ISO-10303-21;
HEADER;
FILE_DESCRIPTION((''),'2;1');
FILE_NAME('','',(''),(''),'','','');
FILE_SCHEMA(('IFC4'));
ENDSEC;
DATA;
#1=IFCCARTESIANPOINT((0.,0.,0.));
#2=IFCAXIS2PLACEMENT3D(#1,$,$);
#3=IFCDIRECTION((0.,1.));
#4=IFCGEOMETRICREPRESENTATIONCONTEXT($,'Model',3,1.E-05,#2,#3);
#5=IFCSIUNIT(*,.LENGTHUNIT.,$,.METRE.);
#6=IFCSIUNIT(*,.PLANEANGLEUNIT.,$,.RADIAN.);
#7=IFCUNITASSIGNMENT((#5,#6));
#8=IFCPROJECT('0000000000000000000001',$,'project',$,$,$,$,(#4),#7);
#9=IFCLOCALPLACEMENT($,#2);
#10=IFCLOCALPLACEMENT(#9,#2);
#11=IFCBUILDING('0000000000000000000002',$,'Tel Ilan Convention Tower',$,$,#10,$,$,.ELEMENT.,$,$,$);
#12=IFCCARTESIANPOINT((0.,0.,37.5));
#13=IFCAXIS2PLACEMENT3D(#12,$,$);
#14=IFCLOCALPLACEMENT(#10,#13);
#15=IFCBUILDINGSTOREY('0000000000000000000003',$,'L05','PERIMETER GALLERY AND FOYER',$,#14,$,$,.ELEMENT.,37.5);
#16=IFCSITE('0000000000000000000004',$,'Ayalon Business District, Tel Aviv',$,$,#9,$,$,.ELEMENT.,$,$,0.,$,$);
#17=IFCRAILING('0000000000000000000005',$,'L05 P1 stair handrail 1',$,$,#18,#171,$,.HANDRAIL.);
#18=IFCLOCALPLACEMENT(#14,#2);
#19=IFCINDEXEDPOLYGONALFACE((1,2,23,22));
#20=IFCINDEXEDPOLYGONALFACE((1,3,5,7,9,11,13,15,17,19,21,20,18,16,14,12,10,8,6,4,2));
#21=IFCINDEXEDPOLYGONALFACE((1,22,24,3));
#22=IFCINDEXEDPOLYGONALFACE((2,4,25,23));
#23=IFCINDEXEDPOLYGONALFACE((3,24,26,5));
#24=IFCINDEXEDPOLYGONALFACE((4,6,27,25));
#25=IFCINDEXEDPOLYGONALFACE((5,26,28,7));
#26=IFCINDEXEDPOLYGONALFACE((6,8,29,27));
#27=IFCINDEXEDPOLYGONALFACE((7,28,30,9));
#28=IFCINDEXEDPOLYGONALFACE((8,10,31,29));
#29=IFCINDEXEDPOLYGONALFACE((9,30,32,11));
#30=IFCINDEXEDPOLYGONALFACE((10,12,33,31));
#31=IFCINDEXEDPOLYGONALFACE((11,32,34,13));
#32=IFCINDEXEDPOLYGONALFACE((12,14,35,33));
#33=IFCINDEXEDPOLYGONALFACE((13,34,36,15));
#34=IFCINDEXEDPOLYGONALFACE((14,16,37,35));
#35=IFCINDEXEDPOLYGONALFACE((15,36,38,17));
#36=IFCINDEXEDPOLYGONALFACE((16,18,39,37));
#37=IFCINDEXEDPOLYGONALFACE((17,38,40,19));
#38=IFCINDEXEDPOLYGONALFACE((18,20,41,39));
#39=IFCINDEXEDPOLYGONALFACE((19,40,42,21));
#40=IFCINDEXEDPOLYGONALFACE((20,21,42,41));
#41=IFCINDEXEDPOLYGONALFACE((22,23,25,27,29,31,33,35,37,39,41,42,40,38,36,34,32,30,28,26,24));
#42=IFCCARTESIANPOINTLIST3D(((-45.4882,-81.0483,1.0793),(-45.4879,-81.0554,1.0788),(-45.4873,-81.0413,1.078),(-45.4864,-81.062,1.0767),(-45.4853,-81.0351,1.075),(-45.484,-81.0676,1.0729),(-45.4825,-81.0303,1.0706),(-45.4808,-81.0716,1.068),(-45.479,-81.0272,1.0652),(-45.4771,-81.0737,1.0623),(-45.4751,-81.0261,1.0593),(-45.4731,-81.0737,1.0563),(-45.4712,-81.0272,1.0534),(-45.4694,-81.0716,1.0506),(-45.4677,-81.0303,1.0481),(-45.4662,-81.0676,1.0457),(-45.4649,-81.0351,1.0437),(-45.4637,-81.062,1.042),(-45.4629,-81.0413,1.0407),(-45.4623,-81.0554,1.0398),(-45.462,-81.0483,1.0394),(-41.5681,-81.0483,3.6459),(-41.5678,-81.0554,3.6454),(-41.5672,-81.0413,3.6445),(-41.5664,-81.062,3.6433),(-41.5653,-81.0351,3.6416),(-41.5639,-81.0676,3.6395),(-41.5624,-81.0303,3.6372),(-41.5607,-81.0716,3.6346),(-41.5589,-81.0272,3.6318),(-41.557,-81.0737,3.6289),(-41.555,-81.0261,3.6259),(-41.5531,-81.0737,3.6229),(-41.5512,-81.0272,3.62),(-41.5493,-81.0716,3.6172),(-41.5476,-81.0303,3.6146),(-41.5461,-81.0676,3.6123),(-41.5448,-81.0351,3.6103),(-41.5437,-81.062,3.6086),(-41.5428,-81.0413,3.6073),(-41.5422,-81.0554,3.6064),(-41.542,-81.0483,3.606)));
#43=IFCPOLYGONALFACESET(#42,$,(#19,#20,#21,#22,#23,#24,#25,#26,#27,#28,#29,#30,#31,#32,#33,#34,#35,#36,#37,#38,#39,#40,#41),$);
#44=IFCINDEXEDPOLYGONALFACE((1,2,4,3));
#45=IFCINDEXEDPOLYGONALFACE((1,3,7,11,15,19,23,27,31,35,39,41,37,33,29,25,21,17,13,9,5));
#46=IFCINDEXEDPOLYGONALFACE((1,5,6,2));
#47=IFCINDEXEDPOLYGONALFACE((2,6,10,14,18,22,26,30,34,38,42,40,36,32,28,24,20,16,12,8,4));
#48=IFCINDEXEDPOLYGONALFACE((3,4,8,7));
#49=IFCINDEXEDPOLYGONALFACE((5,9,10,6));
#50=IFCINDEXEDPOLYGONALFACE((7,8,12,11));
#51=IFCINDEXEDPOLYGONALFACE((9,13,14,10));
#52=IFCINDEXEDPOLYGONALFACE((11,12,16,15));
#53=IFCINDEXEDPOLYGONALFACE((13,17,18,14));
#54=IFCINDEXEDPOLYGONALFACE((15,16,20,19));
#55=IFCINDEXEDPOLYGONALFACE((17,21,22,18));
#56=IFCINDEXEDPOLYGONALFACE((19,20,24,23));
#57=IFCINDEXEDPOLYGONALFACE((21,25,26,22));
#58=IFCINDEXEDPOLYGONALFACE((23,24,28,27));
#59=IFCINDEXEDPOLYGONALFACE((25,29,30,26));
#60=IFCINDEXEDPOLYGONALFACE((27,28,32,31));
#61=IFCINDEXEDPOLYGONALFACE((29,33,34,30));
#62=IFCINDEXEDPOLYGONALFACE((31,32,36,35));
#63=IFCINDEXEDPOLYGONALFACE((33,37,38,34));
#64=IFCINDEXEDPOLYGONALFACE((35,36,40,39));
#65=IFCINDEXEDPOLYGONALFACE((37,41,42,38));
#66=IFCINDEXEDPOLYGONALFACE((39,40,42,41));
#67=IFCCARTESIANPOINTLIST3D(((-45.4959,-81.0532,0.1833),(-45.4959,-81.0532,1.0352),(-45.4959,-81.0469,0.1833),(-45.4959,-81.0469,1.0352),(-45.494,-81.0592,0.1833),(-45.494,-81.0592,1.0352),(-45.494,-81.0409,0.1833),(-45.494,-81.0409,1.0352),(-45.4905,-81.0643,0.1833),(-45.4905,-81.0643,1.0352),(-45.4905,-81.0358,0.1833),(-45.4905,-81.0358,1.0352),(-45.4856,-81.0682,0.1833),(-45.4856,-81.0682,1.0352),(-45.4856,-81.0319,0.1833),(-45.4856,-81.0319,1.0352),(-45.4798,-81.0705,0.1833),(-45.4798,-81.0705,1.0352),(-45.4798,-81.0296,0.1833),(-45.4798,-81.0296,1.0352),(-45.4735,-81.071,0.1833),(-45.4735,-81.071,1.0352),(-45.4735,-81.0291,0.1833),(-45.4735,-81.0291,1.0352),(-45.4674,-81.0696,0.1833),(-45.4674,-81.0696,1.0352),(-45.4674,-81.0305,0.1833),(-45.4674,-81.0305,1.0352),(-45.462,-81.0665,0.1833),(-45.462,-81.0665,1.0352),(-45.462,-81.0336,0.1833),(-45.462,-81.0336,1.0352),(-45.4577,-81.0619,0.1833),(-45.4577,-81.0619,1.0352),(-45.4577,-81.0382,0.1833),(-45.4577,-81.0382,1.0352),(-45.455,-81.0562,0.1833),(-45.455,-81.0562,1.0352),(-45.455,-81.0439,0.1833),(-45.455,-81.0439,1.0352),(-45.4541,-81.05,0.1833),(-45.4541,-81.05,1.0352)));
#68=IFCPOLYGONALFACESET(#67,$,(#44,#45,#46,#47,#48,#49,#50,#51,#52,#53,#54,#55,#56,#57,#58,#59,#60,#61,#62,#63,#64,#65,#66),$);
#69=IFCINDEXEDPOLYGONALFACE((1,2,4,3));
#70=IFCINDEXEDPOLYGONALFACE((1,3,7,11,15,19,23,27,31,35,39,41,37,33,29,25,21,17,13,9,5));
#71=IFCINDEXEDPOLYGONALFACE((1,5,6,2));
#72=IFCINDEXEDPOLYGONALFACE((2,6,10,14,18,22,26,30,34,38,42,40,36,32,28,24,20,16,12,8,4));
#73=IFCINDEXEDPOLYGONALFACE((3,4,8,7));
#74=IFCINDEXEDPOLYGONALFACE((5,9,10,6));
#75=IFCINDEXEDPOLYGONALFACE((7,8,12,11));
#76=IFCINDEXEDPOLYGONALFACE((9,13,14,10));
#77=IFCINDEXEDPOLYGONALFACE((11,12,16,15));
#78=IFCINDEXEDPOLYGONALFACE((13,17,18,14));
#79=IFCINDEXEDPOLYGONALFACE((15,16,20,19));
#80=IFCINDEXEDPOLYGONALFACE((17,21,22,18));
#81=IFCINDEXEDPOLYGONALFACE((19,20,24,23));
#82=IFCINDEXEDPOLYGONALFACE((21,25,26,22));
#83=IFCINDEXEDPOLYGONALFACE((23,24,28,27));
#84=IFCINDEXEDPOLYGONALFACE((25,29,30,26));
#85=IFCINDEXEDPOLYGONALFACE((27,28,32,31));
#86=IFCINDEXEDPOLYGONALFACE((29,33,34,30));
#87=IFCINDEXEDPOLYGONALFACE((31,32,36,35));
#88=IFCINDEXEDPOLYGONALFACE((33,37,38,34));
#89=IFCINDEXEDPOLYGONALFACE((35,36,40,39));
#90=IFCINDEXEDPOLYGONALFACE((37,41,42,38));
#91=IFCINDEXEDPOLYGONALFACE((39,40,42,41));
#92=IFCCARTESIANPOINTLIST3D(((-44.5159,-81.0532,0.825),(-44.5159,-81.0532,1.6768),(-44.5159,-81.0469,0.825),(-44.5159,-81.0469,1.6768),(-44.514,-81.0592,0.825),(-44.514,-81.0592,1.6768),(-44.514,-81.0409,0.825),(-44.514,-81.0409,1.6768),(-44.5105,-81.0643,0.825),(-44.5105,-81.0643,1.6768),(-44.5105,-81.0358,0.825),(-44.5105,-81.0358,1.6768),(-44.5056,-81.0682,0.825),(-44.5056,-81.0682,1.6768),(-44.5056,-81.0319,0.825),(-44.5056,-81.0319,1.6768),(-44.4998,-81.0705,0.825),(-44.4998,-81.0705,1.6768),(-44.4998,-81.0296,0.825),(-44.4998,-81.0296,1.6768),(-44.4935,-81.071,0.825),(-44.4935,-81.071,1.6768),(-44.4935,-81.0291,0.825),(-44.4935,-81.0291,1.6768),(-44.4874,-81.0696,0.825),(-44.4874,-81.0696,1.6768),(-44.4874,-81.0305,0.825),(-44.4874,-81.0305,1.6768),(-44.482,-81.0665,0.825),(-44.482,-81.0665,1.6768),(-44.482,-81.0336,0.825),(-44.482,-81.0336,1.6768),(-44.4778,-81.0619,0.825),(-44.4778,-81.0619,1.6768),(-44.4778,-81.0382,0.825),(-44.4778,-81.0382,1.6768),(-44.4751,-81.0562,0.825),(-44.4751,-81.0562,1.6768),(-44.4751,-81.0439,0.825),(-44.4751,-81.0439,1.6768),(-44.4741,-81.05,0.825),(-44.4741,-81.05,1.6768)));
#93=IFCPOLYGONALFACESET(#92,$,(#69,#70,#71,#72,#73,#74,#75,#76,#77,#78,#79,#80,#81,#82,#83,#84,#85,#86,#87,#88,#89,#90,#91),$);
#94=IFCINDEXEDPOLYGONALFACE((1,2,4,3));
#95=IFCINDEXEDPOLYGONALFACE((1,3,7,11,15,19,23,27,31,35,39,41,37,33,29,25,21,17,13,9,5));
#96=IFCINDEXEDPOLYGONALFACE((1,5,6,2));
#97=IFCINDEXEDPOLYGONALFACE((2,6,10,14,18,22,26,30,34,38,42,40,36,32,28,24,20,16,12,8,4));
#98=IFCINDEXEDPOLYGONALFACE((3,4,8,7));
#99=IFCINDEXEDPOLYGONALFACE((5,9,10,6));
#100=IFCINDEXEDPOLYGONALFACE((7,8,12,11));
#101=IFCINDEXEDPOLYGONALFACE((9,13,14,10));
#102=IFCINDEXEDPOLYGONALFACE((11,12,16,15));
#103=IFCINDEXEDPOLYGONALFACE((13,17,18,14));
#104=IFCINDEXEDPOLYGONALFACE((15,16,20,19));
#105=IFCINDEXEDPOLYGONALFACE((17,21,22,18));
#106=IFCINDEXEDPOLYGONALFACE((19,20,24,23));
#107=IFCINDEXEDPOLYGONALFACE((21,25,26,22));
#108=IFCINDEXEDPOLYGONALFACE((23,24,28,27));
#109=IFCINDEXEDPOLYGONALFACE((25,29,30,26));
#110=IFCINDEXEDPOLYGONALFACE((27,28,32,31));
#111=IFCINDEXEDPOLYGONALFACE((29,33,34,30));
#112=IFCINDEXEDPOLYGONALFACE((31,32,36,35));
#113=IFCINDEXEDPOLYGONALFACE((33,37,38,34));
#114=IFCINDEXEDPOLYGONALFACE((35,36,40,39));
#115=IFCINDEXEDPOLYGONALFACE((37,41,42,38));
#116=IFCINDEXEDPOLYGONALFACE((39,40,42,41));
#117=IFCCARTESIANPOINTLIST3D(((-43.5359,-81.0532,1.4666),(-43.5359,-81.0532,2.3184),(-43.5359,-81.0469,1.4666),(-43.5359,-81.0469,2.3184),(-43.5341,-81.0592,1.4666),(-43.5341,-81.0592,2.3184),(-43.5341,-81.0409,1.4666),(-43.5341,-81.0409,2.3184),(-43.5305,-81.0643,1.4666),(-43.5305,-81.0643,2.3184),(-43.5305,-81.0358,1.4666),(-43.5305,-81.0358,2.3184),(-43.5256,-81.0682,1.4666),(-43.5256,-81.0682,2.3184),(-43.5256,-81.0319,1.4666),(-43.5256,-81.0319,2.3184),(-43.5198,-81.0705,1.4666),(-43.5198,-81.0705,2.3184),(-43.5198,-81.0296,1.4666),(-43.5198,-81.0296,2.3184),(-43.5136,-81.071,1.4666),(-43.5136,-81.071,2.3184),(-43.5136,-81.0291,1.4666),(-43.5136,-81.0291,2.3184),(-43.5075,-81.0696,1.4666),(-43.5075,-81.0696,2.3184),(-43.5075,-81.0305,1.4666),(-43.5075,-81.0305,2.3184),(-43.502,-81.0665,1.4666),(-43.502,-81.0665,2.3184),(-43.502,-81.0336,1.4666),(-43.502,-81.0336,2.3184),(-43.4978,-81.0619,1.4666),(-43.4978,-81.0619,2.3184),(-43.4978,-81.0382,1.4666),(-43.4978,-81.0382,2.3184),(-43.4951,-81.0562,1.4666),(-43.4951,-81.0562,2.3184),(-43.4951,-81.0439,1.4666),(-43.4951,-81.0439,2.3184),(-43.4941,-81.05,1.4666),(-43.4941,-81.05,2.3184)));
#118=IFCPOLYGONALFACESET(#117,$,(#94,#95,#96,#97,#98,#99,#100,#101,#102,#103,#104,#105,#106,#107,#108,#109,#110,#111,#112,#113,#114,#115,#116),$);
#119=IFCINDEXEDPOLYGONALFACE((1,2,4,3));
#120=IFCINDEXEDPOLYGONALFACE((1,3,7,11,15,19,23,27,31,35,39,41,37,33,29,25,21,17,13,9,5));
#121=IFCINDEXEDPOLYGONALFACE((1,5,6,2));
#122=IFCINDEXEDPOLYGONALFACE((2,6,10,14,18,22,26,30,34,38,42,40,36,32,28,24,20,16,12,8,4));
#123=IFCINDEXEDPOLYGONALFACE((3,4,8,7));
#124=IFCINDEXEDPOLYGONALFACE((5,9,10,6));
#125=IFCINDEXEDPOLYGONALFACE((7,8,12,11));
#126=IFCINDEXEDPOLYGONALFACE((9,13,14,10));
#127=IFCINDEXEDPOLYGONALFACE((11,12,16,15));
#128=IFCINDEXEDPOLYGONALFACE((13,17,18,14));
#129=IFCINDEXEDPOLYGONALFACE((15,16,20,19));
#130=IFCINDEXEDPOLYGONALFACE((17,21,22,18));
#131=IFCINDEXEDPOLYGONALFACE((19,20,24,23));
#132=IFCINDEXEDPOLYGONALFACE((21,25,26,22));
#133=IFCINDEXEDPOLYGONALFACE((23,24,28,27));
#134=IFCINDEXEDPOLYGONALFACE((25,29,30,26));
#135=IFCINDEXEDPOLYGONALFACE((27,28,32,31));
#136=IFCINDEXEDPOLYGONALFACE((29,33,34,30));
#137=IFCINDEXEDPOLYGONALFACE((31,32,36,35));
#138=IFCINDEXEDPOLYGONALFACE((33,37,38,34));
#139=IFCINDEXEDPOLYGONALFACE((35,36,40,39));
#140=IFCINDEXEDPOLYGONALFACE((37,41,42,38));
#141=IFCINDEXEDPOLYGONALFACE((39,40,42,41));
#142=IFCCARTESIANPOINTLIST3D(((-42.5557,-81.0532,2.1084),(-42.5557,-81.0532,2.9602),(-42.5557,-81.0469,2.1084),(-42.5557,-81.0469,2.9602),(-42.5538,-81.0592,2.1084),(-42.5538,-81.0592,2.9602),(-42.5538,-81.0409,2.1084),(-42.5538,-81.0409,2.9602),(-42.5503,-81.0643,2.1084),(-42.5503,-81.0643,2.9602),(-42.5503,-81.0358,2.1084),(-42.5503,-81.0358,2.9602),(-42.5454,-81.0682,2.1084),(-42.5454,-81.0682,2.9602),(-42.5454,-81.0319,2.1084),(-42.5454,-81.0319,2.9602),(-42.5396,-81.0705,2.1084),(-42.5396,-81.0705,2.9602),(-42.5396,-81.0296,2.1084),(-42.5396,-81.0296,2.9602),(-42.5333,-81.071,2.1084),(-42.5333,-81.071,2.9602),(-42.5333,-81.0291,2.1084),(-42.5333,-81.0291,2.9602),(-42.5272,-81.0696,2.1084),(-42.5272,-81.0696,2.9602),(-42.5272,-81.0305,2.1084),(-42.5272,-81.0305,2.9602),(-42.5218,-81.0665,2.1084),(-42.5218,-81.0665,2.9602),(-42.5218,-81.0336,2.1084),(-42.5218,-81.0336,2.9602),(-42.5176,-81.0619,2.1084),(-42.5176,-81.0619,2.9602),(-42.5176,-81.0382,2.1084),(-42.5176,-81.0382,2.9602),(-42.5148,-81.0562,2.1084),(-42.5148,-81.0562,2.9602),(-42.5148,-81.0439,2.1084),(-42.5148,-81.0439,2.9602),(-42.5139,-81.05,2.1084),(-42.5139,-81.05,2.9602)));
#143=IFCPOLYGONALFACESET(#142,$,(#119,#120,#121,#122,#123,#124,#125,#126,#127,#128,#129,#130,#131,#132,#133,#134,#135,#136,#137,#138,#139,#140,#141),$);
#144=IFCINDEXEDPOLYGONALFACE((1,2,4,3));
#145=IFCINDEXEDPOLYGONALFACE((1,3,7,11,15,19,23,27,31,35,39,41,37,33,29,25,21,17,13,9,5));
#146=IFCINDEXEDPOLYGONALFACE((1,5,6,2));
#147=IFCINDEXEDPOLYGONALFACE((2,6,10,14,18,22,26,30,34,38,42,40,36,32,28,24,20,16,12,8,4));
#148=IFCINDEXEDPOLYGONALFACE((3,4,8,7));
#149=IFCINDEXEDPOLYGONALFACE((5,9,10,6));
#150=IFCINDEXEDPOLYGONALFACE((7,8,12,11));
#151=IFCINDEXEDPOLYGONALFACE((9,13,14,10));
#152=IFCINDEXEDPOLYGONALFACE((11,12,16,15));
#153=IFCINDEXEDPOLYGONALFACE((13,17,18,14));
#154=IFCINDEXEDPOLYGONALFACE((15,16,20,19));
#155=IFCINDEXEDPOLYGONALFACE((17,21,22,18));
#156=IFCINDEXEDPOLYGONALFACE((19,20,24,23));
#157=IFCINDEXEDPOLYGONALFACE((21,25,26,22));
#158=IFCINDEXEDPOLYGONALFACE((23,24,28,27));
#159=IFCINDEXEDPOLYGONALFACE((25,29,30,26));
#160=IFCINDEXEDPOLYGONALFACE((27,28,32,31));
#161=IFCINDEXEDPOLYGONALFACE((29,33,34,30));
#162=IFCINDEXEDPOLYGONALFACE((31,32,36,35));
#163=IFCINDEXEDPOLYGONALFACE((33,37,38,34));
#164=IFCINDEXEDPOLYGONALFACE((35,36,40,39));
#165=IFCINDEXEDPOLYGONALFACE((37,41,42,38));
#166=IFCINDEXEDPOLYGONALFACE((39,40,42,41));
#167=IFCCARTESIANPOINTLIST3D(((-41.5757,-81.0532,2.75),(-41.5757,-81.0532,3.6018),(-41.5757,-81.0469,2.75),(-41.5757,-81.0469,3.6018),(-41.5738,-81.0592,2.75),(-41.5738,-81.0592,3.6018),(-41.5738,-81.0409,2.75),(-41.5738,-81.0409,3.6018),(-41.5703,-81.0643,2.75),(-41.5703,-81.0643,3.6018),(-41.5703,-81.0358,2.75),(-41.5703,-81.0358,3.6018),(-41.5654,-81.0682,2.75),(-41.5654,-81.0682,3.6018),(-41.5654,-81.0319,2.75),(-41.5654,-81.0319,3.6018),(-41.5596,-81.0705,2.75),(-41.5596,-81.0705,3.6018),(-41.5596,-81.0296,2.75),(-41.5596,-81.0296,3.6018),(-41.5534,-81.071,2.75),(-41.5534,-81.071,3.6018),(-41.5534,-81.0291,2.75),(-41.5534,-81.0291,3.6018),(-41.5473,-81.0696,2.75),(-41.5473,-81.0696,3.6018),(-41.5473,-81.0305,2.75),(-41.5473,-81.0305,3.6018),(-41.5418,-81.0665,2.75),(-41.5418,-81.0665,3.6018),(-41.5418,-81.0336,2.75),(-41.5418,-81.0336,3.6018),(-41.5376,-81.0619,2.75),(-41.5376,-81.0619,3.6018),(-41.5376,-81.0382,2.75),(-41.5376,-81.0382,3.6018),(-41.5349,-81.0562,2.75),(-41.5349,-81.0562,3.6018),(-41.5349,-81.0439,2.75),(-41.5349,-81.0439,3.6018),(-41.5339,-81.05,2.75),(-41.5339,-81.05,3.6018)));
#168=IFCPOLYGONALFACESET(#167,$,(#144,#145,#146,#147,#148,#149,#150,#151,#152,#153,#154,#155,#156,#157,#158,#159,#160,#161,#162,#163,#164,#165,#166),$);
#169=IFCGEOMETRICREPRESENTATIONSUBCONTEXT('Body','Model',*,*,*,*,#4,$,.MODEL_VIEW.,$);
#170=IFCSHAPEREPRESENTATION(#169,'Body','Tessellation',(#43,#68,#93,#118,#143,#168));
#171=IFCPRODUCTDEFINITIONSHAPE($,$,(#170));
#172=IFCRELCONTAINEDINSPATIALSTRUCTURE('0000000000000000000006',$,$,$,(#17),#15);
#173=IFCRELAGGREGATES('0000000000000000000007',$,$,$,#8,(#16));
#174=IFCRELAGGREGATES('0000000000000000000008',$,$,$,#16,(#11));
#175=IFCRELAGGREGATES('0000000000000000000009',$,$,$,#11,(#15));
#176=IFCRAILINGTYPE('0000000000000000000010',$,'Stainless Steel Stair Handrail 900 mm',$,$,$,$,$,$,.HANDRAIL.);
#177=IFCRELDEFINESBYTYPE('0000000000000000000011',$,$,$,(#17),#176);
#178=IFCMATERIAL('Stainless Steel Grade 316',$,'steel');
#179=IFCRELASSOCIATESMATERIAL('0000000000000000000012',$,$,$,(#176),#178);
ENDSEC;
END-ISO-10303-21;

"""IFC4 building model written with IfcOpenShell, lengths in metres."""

from ifc_helpers import new_model, si_unit, direction, frame, origin, origin_2d, place, context, subcontext, project, spatial, circle, extrude, material, type_object, element, save


model = new_model("IFC4")

# Units and contexts
model_context = context("Model", 3, precision=1e-05, world=origin(), true_north=direction((0.0, 1.0)))
body_context = subcontext(model_context, "Body", "Model", "MODEL_VIEW")
ifc_project = project(units=[si_unit("LENGTHUNIT", "METRE"), si_unit("PLANEANGLEUNIT", "RADIAN")], contexts=[model_context])

# Site, building, storey
site_placement = place(None, origin())
site = spatial("IfcSite", under=ifc_project, at=site_placement, Name="Ayalon Business District, Tel Aviv", CompositionType="ELEMENT", RefElevation=0.0)
building_placement = place(site_placement, origin())
building = spatial("IfcBuilding", under=site, at=building_placement, Name="Tel Ilan Convention Tower", CompositionType="ELEMENT")
storey_placement = place(building_placement, frame((0.0, 0.0, 37.5)))
storey = spatial("IfcBuildingStorey", under=building, at=storey_placement, Name="L05", Description="PERIMETER GALLERY AND FOYER", CompositionType="ELEMENT", Elevation=37.5)

# Railing
ifc_material_1 = material(Name="Stainless Steel Grade 316", Category="steel")
railing_type_1 = type_object("IfcRailingType", Name="Stainless Steel Stair Handrail 900 mm", PredefinedType="HANDRAIL", material=ifc_material_1)
railing_1_placement = place(storey_placement, frame((-45.4751, -81.05, 0.1833)))
element("IfcRailing", 1, at=railing_1_placement, inside=storey, type_object=railing_type_1, Name="L05 P1 stair handrail 1", PredefinedType="HANDRAIL", context=body_context, shape_type="SweptSolid", body=[
    extrude(circle(Radius=0.0239, at=origin_2d()), frame((0.0, 0.0, 0.876), z_axis=(0.836631, 0.0, 0.547767), x_axis=(0.0, 1.0, 0.0)), (0.0, 0.0, 1.0), 4.6855),
    extrude(circle(Radius=0.021, at=origin_2d()), origin(), (0.0, 0.0, 1.0), 0.8518),
    extrude(circle(Radius=0.021, at=origin_2d()), frame((0.98, 0.0, 0.6416)), (0.0, 0.0, 1.0), 0.8518),
    extrude(circle(Radius=0.021, at=origin_2d()), frame((1.96, 0.0, 1.2832)), (0.0, 0.0, 1.0), 0.8518),
    extrude(circle(Radius=0.021, at=origin_2d()), frame((2.9402, 0.0, 1.925)), (0.0, 0.0, 1.0), 0.8518),
    extrude(circle(Radius=0.021, at=origin_2d()), frame((3.9202, 0.0, 2.5667)), (0.0, 0.0, 1.0), 0.8518),
])

save(model, "model.ifc")
